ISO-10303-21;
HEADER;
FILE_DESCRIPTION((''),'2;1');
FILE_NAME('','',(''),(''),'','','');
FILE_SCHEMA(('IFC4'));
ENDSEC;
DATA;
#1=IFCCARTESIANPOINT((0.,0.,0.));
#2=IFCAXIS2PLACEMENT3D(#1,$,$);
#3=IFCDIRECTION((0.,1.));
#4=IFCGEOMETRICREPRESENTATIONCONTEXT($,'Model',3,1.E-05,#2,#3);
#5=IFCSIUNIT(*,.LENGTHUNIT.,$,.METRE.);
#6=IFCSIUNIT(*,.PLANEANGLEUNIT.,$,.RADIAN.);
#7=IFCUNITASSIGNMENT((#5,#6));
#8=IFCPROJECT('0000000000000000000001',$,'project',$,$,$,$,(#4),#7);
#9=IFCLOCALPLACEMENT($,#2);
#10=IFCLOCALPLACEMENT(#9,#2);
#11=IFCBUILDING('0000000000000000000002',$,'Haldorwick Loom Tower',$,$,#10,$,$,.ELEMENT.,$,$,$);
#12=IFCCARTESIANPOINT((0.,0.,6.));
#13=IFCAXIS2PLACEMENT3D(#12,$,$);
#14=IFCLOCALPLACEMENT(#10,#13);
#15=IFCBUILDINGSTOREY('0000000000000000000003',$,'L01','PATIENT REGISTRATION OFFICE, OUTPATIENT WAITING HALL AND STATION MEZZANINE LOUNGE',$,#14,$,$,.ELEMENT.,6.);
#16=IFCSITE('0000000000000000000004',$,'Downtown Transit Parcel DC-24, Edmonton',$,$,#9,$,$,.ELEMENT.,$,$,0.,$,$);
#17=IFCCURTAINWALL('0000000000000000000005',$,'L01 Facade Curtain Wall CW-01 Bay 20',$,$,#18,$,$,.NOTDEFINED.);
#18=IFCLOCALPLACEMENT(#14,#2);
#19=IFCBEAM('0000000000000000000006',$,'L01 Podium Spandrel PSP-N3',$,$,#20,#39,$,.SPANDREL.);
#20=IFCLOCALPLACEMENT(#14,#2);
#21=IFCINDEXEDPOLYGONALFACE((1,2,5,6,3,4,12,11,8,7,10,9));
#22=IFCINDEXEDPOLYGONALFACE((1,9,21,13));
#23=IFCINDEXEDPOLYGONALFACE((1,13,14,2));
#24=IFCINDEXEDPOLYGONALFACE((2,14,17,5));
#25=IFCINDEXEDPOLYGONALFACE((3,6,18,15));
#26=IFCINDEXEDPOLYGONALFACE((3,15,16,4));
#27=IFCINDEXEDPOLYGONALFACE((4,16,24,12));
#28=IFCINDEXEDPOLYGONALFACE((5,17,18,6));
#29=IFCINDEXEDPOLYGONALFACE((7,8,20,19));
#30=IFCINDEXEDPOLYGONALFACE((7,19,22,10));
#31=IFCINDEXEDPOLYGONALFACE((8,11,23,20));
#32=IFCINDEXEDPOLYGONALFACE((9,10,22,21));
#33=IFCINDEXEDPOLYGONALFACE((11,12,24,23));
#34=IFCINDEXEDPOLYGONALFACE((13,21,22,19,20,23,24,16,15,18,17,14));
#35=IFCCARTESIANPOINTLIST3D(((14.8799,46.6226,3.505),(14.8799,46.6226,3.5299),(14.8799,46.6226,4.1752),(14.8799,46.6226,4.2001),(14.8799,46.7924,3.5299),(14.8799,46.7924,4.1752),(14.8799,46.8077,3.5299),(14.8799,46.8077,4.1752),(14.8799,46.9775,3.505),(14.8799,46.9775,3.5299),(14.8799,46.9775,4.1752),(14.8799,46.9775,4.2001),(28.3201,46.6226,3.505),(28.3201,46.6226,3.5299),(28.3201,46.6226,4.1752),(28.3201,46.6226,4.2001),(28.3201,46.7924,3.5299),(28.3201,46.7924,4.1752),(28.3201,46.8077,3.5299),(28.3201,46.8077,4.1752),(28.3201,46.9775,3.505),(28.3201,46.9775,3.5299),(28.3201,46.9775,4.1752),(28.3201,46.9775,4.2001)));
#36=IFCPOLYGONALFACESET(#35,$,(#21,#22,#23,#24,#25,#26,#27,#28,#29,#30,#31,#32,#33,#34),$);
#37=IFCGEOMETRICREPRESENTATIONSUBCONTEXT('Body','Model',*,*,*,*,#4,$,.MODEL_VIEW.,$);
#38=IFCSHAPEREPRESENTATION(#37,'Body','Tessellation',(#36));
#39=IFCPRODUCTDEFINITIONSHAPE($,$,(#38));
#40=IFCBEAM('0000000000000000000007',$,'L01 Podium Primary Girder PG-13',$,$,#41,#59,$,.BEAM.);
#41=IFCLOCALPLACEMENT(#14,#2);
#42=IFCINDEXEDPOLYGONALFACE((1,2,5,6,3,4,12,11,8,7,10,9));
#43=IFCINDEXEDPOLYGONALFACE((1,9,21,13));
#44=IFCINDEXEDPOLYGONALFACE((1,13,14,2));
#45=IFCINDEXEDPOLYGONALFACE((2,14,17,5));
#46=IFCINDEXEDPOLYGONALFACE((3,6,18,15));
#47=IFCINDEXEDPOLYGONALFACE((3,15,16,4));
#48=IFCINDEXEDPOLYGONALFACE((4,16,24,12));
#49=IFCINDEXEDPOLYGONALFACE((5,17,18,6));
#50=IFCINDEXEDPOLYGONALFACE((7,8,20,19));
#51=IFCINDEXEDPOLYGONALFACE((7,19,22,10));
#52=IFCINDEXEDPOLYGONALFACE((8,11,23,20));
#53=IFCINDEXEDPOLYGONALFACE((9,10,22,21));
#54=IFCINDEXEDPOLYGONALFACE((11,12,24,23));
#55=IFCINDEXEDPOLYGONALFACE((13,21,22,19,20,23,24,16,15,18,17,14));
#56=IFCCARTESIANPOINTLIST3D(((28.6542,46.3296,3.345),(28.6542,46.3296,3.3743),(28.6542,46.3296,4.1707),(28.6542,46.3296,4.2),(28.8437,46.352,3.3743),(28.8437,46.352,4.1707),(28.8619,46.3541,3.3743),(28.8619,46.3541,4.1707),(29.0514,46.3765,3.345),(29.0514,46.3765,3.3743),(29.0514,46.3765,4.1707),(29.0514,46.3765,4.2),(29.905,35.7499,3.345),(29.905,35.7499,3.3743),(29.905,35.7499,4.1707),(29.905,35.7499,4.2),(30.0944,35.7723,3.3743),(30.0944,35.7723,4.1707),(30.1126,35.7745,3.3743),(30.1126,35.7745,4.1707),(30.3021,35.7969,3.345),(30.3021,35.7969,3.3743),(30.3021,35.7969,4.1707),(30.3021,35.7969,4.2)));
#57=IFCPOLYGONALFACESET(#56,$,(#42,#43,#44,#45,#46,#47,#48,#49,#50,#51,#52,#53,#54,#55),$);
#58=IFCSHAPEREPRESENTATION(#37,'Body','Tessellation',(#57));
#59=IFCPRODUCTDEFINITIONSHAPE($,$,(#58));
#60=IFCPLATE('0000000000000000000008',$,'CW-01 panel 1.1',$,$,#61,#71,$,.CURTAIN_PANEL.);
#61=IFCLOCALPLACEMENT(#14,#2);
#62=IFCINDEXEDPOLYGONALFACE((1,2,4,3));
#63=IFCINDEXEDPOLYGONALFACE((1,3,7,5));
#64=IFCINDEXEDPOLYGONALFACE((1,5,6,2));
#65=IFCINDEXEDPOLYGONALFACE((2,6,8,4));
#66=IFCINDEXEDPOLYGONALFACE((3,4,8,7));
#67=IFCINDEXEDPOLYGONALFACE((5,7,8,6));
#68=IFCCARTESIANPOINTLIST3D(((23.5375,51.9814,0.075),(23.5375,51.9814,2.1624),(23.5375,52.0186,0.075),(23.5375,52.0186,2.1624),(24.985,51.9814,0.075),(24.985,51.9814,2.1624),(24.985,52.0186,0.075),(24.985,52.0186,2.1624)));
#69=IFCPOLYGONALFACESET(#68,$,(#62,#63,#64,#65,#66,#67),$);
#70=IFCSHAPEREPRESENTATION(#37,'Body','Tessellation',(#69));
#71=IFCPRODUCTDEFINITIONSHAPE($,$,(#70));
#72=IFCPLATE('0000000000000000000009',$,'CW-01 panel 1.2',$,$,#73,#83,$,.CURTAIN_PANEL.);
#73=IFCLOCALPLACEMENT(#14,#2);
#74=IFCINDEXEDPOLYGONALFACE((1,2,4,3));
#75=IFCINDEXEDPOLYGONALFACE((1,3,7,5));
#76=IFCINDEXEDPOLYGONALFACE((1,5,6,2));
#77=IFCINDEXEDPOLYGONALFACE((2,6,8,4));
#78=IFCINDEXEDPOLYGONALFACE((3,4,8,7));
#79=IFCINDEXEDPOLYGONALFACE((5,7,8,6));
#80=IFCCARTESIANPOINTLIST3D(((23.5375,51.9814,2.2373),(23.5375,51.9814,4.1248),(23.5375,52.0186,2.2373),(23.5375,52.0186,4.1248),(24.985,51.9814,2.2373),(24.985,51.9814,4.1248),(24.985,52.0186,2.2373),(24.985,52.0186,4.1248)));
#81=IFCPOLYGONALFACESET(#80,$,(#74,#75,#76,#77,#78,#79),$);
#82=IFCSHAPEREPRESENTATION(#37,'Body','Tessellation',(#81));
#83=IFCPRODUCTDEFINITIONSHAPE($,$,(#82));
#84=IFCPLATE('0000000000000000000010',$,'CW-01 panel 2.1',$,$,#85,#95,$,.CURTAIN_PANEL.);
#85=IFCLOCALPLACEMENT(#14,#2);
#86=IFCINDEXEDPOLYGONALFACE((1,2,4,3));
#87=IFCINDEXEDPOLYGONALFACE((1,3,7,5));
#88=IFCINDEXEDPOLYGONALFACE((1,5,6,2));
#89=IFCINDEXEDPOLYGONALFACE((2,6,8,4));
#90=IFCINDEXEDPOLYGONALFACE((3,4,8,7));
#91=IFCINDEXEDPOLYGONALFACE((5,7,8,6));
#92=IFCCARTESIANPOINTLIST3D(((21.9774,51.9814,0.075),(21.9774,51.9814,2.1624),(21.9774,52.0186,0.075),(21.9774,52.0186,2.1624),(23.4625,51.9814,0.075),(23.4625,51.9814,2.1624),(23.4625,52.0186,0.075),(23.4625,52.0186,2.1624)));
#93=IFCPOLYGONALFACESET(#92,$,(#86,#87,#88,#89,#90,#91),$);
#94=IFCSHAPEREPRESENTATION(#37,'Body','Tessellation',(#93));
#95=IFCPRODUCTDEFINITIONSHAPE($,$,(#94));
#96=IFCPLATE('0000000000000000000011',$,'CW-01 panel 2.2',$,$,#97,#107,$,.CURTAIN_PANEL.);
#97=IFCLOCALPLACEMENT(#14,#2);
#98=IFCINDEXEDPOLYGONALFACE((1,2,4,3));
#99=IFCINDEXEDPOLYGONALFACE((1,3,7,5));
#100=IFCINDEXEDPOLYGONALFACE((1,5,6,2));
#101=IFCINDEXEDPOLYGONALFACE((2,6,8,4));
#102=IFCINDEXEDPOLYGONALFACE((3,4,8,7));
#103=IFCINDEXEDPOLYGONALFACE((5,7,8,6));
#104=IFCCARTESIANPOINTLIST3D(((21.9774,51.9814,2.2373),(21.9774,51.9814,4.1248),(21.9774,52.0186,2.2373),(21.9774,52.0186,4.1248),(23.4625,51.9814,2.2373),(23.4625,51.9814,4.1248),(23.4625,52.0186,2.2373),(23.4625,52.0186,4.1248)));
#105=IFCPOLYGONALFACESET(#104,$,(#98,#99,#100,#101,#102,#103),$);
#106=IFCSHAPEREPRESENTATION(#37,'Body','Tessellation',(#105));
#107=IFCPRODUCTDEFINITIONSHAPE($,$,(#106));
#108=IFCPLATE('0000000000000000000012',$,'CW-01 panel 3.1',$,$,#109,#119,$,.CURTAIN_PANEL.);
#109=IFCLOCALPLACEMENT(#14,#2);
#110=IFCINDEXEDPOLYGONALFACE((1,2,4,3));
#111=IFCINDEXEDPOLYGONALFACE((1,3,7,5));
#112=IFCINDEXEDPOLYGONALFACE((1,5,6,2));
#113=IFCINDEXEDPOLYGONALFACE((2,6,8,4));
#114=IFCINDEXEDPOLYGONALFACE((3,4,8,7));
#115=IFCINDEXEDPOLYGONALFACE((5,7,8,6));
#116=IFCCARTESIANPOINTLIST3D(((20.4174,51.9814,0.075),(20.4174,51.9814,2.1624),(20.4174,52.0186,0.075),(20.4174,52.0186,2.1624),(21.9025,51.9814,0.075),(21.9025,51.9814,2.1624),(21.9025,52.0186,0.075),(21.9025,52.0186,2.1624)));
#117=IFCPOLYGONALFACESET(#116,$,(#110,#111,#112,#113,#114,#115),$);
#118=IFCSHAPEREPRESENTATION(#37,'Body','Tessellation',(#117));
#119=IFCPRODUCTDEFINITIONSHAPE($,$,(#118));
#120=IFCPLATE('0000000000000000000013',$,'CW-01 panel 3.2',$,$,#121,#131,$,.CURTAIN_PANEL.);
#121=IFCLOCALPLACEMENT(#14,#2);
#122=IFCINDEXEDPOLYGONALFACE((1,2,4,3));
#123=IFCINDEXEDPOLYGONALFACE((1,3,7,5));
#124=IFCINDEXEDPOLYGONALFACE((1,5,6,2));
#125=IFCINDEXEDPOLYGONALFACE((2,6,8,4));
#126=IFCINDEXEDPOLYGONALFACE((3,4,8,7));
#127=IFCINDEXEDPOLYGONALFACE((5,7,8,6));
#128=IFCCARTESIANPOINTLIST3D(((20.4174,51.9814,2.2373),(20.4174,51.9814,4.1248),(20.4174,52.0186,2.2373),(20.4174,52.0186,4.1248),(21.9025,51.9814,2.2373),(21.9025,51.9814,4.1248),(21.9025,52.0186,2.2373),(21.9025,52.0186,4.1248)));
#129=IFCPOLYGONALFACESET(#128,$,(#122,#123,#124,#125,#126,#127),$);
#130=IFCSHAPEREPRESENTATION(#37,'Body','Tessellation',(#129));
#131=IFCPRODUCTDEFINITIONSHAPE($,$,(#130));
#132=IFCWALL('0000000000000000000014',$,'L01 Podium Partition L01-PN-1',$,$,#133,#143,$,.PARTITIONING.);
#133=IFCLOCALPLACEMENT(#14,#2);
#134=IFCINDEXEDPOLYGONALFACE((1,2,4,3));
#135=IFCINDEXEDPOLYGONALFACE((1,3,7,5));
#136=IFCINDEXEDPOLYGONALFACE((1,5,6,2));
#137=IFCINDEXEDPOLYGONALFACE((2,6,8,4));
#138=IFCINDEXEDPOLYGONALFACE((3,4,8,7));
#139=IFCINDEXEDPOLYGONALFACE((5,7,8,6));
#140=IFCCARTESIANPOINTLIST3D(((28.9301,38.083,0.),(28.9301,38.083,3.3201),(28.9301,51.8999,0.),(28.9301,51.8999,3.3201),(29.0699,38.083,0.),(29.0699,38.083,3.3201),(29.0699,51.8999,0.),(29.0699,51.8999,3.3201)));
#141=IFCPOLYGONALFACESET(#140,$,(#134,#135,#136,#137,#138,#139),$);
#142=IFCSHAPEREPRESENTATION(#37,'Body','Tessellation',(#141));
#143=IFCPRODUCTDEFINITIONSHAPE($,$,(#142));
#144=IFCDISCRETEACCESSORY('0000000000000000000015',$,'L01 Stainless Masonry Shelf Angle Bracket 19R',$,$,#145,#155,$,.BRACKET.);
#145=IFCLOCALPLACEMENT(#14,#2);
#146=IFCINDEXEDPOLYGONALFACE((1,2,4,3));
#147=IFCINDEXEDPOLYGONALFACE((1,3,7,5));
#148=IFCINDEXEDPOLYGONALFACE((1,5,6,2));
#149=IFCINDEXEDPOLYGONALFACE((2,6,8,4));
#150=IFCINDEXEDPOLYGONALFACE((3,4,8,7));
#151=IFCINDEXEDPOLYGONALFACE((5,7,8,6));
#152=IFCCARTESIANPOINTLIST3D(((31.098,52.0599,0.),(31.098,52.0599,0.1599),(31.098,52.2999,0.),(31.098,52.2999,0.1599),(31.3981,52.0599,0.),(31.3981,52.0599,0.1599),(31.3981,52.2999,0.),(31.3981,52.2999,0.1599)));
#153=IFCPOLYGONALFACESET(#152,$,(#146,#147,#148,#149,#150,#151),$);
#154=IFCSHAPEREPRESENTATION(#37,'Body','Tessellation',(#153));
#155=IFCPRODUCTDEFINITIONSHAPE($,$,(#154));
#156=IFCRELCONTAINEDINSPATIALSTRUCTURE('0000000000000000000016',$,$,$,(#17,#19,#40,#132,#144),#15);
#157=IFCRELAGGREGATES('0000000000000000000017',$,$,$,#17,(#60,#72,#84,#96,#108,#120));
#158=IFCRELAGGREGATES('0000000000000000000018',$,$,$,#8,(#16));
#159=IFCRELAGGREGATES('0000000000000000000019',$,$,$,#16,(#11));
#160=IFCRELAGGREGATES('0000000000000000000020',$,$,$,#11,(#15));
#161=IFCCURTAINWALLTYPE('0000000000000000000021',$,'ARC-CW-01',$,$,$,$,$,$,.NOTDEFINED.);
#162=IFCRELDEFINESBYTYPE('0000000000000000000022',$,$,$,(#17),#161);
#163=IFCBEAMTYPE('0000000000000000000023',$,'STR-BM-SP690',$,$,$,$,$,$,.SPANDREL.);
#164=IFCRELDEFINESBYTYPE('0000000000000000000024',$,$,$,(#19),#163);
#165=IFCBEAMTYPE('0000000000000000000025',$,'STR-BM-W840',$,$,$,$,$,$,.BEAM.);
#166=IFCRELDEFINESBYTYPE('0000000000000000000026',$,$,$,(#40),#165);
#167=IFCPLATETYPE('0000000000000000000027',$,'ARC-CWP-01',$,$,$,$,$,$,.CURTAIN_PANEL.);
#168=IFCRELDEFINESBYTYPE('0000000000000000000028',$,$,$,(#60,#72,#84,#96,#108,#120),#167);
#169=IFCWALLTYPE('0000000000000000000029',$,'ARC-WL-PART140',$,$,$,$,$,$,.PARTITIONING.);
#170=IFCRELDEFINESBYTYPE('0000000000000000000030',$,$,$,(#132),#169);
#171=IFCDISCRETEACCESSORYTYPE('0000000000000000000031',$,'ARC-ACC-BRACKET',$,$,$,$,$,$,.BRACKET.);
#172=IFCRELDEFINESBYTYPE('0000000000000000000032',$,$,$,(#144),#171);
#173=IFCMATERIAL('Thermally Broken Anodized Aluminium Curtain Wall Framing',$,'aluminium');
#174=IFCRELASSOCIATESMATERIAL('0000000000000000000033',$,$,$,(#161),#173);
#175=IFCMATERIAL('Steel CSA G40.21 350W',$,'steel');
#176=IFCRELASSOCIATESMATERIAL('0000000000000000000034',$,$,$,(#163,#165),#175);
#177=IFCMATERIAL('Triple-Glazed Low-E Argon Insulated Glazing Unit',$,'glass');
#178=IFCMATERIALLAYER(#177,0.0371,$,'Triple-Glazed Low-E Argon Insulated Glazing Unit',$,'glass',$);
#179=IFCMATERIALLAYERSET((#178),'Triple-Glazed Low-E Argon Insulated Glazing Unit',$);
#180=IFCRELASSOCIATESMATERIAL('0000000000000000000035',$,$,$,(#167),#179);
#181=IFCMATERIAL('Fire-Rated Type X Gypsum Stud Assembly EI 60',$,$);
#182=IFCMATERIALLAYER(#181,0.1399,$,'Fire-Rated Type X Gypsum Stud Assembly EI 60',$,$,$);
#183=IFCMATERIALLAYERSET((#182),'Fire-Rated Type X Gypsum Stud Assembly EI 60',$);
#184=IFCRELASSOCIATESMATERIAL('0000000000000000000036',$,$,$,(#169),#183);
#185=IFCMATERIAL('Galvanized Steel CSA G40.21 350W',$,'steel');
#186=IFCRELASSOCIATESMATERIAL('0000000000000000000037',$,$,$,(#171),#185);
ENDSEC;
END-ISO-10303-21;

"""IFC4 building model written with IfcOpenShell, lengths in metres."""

from ifc_helpers import new_model, si_unit, direction, frame, frame_2d, origin, origin_2d, place, context, subcontext, project, spatial, rectangle, i_section, extrude, material, layer, layer_set, material_profile, profile_set, type_object, element, aggregate, save


model = new_model("IFC4")

# Units and contexts
model_context = context("Model", 3, precision=1e-05, world=origin(), true_north=direction((0.0, 1.0)))
body_context = subcontext(model_context, "Body", "Model", "MODEL_VIEW")
ifc_project = project(units=[si_unit("LENGTHUNIT", "METRE"), si_unit("PLANEANGLEUNIT", "RADIAN")], contexts=[model_context])

# Site, building, storey
site_placement = place(None, origin())
site = spatial("IfcSite", under=ifc_project, at=site_placement, Name="Downtown Transit Parcel DC-24, Edmonton", CompositionType="ELEMENT", RefElevation=0.0)
building_placement = place(site_placement, origin())
building = spatial("IfcBuilding", under=site, at=building_placement, Name="Haldorwick Loom Tower", CompositionType="ELEMENT")
storey_placement = place(building_placement, frame((0.0, 0.0, 6.0)))
storey = spatial("IfcBuildingStorey", under=building, at=storey_placement, Name="L01", Description="PATIENT REGISTRATION OFFICE, OUTPATIENT WAITING HALL AND STATION MEZZANINE LOUNGE", CompositionType="ELEMENT", Elevation=6.0)

# Curtain wall
ifc_material_1 = material(Name="Thermally Broken Anodized Aluminium Curtain Wall Framing", Category="aluminium")
curtain_wall_type = type_object("IfcCurtainWallType", Name="ARC-CW-01", PredefinedType="NOTDEFINED", material=ifc_material_1)
curtain_wall_placement = place(storey_placement, origin())
curtain_wall = element("IfcCurtainWall", 1, at=curtain_wall_placement, inside=storey, type_object=curtain_wall_type, Name="L01 Facade Curtain Wall CW-01 Bay 20", PredefinedType="NOTDEFINED")

# Beams
ifc_material_2 = material(Name="Steel CSA G40.21 350W", Category="steel")
ifc_material_profile_1 = material_profile(ifc_material_2, i_section(OverallWidth=0.355, OverallDepth=0.6951, WebThickness=0.0154, FlangeThickness=0.0249, at=origin_2d()), Name="W690X217", Category="steel")
ifc_profile_set_1 = profile_set([ifc_material_profile_1], Name="Steel CSA G40.21 350W")
beam_type_1 = type_object("IfcBeamType", Name="STR-BM-SP690", PredefinedType="SPANDREL", material=ifc_profile_set_1)
beam_1_placement = place(storey_placement, frame((28.3201, 46.8, 3.8525), z_axis=(-1.0, 0.0, 0.0), x_axis=(0.0, -1.0, 0.0)))
element("IfcBeam", 2, at=beam_1_placement, inside=storey, type_object=beam_type_1, Name="L01 Podium Spandrel PSP-N3", PredefinedType="SPANDREL", context=body_context, shape_type="SweptSolid", body=[
    extrude(i_section(OverallWidth=0.355, OverallDepth=0.6951, WebThickness=0.0154, FlangeThickness=0.0249, at=origin_2d()), origin(), (0.0, 0.0, 1.0), 13.4402),
])
ifc_material_profile_2 = material_profile(ifc_material_2, i_section(OverallWidth=0.3999, OverallDepth=0.855, WebThickness=0.0183, FlangeThickness=0.0293, at=origin_2d()), Name="W840X299", Category="steel")
ifc_profile_set_2 = profile_set([ifc_material_profile_2], Name="Steel CSA G40.21 350W")
beam_type_2 = type_object("IfcBeamType", Name="STR-BM-W840", PredefinedType="BEAM", material=ifc_profile_set_2)
beam_2_placement = place(storey_placement, frame((28.8528, 46.353, 3.7725), z_axis=(0.117404, -0.993084, 0.0), x_axis=(0.993084, 0.117404, 0.0)))
element("IfcBeam", 3, at=beam_2_placement, inside=storey, type_object=beam_type_2, Name="L01 Podium Primary Girder PG-13", PredefinedType="BEAM", context=body_context, shape_type="SweptSolid", body=[
    extrude(i_section(OverallWidth=0.3999, OverallDepth=0.855, WebThickness=0.0183, FlangeThickness=0.0293, at=origin_2d()), origin(), (0.0, 0.0, 1.0), 10.6533),
])

# Plates
ifc_material_3 = material(Name="Triple-Glazed Low-E Argon Insulated Glazing Unit", Category="glass")
ifc_layer_1 = layer(ifc_material_3, 0.0371, Name="Triple-Glazed Low-E Argon Insulated Glazing Unit", Category="glass")
ifc_layer_set_1 = layer_set([ifc_layer_1], Name="Triple-Glazed Low-E Argon Insulated Glazing Unit")
plate_type = type_object("IfcPlateType", Name="ARC-CWP-01", PredefinedType="CURTAIN_PANEL", material=ifc_layer_set_1)
plate_1_placement = place(storey_placement, frame((24.2612, 52.0, 0.075), z_axis=(0.0, 0.0, 1.0), x_axis=(-1.0, 0.0, 0.0)))
plate_1 = element("IfcPlate", 4, at=plate_1_placement, type_object=plate_type, Name="CW-01 panel 1.1", PredefinedType="CURTAIN_PANEL", context=body_context, shape_type="SweptSolid", body=[
    extrude(rectangle(XDim=1.4475, YDim=0.0371, at=origin_2d()), origin(), (0.0, 0.0, 1.0), 2.0874),
])
plate_2_placement = place(storey_placement, frame((24.2612, 52.0, 2.2373), z_axis=(0.0, 0.0, 1.0), x_axis=(-1.0, 0.0, 0.0)))
plate_2 = element("IfcPlate", 5, at=plate_2_placement, type_object=plate_type, Name="CW-01 panel 1.2", PredefinedType="CURTAIN_PANEL", context=body_context, shape_type="SweptSolid", body=[
    extrude(rectangle(XDim=1.4475, YDim=0.0371, at=origin_2d()), origin(), (0.0, 0.0, 1.0), 1.8875),
])
plate_3_placement = place(storey_placement, frame((22.72, 52.0, 0.075), z_axis=(0.0, 0.0, 1.0), x_axis=(-1.0, 0.0, 0.0)))
plate_3 = element("IfcPlate", 6, at=plate_3_placement, type_object=plate_type, Name="CW-01 panel 2.1", PredefinedType="CURTAIN_PANEL", context=body_context, shape_type="SweptSolid", body=[
    extrude(rectangle(XDim=1.4851, YDim=0.0371, at=origin_2d()), origin(), (0.0, 0.0, 1.0), 2.0874),
])
plate_4_placement = place(storey_placement, frame((22.72, 52.0, 2.2373), z_axis=(0.0, 0.0, 1.0), x_axis=(-1.0, 0.0, 0.0)))
plate_4 = element("IfcPlate", 7, at=plate_4_placement, type_object=plate_type, Name="CW-01 panel 2.2", PredefinedType="CURTAIN_PANEL", context=body_context, shape_type="SweptSolid", body=[
    extrude(rectangle(XDim=1.4851, YDim=0.0371, at=origin_2d()), origin(), (0.0, 0.0, 1.0), 1.8875),
])
plate_5_placement = place(storey_placement, frame((21.1599, 52.0, 0.075), z_axis=(0.0, 0.0, 1.0), x_axis=(-1.0, 0.0, 0.0)))
plate_5 = element("IfcPlate", 8, at=plate_5_placement, type_object=plate_type, Name="CW-01 panel 3.1", PredefinedType="CURTAIN_PANEL", context=body_context, shape_type="SweptSolid", body=[
    extrude(rectangle(XDim=1.4851, YDim=0.0371, at=origin_2d()), origin(), (0.0, 0.0, 1.0), 2.0874),
])
plate_6_placement = place(storey_placement, frame((21.1599, 52.0, 2.2373), z_axis=(0.0, 0.0, 1.0), x_axis=(-1.0, 0.0, 0.0)))
plate_6 = element("IfcPlate", 9, at=plate_6_placement, type_object=plate_type, Name="CW-01 panel 3.2", PredefinedType="CURTAIN_PANEL", context=body_context, shape_type="SweptSolid", body=[
    extrude(rectangle(XDim=1.4851, YDim=0.0371, at=origin_2d()), origin(), (0.0, 0.0, 1.0), 1.8875),
])
aggregate(curtain_wall, [plate_1, plate_2, plate_3, plate_4, plate_5, plate_6])

# Wall
ifc_material_4 = material(Name="Fire-Rated Type X Gypsum Stud Assembly EI 60")
ifc_layer_2 = layer(ifc_material_4, 0.1399, Name="Fire-Rated Type X Gypsum Stud Assembly EI 60")
ifc_layer_set_2 = layer_set([ifc_layer_2], Name="Fire-Rated Type X Gypsum Stud Assembly EI 60")
wall_type = type_object("IfcWallType", Name="ARC-WL-PART140", PredefinedType="PARTITIONING", material=ifc_layer_set_2)
wall_placement = place(storey_placement, frame((29.0, 38.083, 0.0), z_axis=(0.0, 0.0, 1.0), x_axis=(0.0, 1.0, 0.0)))
element("IfcWall", 10, at=wall_placement, inside=storey, type_object=wall_type, Name="L01 Podium Partition L01-PN-1", PredefinedType="PARTITIONING", context=body_context, shape_type="SweptSolid", body=[
    extrude(rectangle(XDim=13.8169, YDim=0.1399, at=frame_2d((6.9084, 0.0))), origin(), (0.0, 0.0, 1.0), 3.3201),
])

# Discrete accessory
ifc_material_5 = material(Name="Galvanized Steel CSA G40.21 350W", Category="steel")
discrete_accessory_type = type_object("IfcDiscreteAccessoryType", Name="ARC-ACC-BRACKET", PredefinedType="BRACKET", material=ifc_material_5)
discrete_accessory_placement = place(storey_placement, frame((31.248, 52.1799, 0.0), z_axis=(0.0, 0.0, 1.0), x_axis=(-1.0, 0.0, 0.0)))
element("IfcDiscreteAccessory", 11, at=discrete_accessory_placement, inside=storey, type_object=discrete_accessory_type, Name="L01 Stainless Masonry Shelf Angle Bracket 19R", PredefinedType="BRACKET", context=body_context, shape_type="SweptSolid", body=[
    extrude(rectangle(XDim=0.3, YDim=0.24, at=origin_2d()), origin(), (0.0, 0.0, 1.0), 0.1599),
])

save(model, "model.ifc")
